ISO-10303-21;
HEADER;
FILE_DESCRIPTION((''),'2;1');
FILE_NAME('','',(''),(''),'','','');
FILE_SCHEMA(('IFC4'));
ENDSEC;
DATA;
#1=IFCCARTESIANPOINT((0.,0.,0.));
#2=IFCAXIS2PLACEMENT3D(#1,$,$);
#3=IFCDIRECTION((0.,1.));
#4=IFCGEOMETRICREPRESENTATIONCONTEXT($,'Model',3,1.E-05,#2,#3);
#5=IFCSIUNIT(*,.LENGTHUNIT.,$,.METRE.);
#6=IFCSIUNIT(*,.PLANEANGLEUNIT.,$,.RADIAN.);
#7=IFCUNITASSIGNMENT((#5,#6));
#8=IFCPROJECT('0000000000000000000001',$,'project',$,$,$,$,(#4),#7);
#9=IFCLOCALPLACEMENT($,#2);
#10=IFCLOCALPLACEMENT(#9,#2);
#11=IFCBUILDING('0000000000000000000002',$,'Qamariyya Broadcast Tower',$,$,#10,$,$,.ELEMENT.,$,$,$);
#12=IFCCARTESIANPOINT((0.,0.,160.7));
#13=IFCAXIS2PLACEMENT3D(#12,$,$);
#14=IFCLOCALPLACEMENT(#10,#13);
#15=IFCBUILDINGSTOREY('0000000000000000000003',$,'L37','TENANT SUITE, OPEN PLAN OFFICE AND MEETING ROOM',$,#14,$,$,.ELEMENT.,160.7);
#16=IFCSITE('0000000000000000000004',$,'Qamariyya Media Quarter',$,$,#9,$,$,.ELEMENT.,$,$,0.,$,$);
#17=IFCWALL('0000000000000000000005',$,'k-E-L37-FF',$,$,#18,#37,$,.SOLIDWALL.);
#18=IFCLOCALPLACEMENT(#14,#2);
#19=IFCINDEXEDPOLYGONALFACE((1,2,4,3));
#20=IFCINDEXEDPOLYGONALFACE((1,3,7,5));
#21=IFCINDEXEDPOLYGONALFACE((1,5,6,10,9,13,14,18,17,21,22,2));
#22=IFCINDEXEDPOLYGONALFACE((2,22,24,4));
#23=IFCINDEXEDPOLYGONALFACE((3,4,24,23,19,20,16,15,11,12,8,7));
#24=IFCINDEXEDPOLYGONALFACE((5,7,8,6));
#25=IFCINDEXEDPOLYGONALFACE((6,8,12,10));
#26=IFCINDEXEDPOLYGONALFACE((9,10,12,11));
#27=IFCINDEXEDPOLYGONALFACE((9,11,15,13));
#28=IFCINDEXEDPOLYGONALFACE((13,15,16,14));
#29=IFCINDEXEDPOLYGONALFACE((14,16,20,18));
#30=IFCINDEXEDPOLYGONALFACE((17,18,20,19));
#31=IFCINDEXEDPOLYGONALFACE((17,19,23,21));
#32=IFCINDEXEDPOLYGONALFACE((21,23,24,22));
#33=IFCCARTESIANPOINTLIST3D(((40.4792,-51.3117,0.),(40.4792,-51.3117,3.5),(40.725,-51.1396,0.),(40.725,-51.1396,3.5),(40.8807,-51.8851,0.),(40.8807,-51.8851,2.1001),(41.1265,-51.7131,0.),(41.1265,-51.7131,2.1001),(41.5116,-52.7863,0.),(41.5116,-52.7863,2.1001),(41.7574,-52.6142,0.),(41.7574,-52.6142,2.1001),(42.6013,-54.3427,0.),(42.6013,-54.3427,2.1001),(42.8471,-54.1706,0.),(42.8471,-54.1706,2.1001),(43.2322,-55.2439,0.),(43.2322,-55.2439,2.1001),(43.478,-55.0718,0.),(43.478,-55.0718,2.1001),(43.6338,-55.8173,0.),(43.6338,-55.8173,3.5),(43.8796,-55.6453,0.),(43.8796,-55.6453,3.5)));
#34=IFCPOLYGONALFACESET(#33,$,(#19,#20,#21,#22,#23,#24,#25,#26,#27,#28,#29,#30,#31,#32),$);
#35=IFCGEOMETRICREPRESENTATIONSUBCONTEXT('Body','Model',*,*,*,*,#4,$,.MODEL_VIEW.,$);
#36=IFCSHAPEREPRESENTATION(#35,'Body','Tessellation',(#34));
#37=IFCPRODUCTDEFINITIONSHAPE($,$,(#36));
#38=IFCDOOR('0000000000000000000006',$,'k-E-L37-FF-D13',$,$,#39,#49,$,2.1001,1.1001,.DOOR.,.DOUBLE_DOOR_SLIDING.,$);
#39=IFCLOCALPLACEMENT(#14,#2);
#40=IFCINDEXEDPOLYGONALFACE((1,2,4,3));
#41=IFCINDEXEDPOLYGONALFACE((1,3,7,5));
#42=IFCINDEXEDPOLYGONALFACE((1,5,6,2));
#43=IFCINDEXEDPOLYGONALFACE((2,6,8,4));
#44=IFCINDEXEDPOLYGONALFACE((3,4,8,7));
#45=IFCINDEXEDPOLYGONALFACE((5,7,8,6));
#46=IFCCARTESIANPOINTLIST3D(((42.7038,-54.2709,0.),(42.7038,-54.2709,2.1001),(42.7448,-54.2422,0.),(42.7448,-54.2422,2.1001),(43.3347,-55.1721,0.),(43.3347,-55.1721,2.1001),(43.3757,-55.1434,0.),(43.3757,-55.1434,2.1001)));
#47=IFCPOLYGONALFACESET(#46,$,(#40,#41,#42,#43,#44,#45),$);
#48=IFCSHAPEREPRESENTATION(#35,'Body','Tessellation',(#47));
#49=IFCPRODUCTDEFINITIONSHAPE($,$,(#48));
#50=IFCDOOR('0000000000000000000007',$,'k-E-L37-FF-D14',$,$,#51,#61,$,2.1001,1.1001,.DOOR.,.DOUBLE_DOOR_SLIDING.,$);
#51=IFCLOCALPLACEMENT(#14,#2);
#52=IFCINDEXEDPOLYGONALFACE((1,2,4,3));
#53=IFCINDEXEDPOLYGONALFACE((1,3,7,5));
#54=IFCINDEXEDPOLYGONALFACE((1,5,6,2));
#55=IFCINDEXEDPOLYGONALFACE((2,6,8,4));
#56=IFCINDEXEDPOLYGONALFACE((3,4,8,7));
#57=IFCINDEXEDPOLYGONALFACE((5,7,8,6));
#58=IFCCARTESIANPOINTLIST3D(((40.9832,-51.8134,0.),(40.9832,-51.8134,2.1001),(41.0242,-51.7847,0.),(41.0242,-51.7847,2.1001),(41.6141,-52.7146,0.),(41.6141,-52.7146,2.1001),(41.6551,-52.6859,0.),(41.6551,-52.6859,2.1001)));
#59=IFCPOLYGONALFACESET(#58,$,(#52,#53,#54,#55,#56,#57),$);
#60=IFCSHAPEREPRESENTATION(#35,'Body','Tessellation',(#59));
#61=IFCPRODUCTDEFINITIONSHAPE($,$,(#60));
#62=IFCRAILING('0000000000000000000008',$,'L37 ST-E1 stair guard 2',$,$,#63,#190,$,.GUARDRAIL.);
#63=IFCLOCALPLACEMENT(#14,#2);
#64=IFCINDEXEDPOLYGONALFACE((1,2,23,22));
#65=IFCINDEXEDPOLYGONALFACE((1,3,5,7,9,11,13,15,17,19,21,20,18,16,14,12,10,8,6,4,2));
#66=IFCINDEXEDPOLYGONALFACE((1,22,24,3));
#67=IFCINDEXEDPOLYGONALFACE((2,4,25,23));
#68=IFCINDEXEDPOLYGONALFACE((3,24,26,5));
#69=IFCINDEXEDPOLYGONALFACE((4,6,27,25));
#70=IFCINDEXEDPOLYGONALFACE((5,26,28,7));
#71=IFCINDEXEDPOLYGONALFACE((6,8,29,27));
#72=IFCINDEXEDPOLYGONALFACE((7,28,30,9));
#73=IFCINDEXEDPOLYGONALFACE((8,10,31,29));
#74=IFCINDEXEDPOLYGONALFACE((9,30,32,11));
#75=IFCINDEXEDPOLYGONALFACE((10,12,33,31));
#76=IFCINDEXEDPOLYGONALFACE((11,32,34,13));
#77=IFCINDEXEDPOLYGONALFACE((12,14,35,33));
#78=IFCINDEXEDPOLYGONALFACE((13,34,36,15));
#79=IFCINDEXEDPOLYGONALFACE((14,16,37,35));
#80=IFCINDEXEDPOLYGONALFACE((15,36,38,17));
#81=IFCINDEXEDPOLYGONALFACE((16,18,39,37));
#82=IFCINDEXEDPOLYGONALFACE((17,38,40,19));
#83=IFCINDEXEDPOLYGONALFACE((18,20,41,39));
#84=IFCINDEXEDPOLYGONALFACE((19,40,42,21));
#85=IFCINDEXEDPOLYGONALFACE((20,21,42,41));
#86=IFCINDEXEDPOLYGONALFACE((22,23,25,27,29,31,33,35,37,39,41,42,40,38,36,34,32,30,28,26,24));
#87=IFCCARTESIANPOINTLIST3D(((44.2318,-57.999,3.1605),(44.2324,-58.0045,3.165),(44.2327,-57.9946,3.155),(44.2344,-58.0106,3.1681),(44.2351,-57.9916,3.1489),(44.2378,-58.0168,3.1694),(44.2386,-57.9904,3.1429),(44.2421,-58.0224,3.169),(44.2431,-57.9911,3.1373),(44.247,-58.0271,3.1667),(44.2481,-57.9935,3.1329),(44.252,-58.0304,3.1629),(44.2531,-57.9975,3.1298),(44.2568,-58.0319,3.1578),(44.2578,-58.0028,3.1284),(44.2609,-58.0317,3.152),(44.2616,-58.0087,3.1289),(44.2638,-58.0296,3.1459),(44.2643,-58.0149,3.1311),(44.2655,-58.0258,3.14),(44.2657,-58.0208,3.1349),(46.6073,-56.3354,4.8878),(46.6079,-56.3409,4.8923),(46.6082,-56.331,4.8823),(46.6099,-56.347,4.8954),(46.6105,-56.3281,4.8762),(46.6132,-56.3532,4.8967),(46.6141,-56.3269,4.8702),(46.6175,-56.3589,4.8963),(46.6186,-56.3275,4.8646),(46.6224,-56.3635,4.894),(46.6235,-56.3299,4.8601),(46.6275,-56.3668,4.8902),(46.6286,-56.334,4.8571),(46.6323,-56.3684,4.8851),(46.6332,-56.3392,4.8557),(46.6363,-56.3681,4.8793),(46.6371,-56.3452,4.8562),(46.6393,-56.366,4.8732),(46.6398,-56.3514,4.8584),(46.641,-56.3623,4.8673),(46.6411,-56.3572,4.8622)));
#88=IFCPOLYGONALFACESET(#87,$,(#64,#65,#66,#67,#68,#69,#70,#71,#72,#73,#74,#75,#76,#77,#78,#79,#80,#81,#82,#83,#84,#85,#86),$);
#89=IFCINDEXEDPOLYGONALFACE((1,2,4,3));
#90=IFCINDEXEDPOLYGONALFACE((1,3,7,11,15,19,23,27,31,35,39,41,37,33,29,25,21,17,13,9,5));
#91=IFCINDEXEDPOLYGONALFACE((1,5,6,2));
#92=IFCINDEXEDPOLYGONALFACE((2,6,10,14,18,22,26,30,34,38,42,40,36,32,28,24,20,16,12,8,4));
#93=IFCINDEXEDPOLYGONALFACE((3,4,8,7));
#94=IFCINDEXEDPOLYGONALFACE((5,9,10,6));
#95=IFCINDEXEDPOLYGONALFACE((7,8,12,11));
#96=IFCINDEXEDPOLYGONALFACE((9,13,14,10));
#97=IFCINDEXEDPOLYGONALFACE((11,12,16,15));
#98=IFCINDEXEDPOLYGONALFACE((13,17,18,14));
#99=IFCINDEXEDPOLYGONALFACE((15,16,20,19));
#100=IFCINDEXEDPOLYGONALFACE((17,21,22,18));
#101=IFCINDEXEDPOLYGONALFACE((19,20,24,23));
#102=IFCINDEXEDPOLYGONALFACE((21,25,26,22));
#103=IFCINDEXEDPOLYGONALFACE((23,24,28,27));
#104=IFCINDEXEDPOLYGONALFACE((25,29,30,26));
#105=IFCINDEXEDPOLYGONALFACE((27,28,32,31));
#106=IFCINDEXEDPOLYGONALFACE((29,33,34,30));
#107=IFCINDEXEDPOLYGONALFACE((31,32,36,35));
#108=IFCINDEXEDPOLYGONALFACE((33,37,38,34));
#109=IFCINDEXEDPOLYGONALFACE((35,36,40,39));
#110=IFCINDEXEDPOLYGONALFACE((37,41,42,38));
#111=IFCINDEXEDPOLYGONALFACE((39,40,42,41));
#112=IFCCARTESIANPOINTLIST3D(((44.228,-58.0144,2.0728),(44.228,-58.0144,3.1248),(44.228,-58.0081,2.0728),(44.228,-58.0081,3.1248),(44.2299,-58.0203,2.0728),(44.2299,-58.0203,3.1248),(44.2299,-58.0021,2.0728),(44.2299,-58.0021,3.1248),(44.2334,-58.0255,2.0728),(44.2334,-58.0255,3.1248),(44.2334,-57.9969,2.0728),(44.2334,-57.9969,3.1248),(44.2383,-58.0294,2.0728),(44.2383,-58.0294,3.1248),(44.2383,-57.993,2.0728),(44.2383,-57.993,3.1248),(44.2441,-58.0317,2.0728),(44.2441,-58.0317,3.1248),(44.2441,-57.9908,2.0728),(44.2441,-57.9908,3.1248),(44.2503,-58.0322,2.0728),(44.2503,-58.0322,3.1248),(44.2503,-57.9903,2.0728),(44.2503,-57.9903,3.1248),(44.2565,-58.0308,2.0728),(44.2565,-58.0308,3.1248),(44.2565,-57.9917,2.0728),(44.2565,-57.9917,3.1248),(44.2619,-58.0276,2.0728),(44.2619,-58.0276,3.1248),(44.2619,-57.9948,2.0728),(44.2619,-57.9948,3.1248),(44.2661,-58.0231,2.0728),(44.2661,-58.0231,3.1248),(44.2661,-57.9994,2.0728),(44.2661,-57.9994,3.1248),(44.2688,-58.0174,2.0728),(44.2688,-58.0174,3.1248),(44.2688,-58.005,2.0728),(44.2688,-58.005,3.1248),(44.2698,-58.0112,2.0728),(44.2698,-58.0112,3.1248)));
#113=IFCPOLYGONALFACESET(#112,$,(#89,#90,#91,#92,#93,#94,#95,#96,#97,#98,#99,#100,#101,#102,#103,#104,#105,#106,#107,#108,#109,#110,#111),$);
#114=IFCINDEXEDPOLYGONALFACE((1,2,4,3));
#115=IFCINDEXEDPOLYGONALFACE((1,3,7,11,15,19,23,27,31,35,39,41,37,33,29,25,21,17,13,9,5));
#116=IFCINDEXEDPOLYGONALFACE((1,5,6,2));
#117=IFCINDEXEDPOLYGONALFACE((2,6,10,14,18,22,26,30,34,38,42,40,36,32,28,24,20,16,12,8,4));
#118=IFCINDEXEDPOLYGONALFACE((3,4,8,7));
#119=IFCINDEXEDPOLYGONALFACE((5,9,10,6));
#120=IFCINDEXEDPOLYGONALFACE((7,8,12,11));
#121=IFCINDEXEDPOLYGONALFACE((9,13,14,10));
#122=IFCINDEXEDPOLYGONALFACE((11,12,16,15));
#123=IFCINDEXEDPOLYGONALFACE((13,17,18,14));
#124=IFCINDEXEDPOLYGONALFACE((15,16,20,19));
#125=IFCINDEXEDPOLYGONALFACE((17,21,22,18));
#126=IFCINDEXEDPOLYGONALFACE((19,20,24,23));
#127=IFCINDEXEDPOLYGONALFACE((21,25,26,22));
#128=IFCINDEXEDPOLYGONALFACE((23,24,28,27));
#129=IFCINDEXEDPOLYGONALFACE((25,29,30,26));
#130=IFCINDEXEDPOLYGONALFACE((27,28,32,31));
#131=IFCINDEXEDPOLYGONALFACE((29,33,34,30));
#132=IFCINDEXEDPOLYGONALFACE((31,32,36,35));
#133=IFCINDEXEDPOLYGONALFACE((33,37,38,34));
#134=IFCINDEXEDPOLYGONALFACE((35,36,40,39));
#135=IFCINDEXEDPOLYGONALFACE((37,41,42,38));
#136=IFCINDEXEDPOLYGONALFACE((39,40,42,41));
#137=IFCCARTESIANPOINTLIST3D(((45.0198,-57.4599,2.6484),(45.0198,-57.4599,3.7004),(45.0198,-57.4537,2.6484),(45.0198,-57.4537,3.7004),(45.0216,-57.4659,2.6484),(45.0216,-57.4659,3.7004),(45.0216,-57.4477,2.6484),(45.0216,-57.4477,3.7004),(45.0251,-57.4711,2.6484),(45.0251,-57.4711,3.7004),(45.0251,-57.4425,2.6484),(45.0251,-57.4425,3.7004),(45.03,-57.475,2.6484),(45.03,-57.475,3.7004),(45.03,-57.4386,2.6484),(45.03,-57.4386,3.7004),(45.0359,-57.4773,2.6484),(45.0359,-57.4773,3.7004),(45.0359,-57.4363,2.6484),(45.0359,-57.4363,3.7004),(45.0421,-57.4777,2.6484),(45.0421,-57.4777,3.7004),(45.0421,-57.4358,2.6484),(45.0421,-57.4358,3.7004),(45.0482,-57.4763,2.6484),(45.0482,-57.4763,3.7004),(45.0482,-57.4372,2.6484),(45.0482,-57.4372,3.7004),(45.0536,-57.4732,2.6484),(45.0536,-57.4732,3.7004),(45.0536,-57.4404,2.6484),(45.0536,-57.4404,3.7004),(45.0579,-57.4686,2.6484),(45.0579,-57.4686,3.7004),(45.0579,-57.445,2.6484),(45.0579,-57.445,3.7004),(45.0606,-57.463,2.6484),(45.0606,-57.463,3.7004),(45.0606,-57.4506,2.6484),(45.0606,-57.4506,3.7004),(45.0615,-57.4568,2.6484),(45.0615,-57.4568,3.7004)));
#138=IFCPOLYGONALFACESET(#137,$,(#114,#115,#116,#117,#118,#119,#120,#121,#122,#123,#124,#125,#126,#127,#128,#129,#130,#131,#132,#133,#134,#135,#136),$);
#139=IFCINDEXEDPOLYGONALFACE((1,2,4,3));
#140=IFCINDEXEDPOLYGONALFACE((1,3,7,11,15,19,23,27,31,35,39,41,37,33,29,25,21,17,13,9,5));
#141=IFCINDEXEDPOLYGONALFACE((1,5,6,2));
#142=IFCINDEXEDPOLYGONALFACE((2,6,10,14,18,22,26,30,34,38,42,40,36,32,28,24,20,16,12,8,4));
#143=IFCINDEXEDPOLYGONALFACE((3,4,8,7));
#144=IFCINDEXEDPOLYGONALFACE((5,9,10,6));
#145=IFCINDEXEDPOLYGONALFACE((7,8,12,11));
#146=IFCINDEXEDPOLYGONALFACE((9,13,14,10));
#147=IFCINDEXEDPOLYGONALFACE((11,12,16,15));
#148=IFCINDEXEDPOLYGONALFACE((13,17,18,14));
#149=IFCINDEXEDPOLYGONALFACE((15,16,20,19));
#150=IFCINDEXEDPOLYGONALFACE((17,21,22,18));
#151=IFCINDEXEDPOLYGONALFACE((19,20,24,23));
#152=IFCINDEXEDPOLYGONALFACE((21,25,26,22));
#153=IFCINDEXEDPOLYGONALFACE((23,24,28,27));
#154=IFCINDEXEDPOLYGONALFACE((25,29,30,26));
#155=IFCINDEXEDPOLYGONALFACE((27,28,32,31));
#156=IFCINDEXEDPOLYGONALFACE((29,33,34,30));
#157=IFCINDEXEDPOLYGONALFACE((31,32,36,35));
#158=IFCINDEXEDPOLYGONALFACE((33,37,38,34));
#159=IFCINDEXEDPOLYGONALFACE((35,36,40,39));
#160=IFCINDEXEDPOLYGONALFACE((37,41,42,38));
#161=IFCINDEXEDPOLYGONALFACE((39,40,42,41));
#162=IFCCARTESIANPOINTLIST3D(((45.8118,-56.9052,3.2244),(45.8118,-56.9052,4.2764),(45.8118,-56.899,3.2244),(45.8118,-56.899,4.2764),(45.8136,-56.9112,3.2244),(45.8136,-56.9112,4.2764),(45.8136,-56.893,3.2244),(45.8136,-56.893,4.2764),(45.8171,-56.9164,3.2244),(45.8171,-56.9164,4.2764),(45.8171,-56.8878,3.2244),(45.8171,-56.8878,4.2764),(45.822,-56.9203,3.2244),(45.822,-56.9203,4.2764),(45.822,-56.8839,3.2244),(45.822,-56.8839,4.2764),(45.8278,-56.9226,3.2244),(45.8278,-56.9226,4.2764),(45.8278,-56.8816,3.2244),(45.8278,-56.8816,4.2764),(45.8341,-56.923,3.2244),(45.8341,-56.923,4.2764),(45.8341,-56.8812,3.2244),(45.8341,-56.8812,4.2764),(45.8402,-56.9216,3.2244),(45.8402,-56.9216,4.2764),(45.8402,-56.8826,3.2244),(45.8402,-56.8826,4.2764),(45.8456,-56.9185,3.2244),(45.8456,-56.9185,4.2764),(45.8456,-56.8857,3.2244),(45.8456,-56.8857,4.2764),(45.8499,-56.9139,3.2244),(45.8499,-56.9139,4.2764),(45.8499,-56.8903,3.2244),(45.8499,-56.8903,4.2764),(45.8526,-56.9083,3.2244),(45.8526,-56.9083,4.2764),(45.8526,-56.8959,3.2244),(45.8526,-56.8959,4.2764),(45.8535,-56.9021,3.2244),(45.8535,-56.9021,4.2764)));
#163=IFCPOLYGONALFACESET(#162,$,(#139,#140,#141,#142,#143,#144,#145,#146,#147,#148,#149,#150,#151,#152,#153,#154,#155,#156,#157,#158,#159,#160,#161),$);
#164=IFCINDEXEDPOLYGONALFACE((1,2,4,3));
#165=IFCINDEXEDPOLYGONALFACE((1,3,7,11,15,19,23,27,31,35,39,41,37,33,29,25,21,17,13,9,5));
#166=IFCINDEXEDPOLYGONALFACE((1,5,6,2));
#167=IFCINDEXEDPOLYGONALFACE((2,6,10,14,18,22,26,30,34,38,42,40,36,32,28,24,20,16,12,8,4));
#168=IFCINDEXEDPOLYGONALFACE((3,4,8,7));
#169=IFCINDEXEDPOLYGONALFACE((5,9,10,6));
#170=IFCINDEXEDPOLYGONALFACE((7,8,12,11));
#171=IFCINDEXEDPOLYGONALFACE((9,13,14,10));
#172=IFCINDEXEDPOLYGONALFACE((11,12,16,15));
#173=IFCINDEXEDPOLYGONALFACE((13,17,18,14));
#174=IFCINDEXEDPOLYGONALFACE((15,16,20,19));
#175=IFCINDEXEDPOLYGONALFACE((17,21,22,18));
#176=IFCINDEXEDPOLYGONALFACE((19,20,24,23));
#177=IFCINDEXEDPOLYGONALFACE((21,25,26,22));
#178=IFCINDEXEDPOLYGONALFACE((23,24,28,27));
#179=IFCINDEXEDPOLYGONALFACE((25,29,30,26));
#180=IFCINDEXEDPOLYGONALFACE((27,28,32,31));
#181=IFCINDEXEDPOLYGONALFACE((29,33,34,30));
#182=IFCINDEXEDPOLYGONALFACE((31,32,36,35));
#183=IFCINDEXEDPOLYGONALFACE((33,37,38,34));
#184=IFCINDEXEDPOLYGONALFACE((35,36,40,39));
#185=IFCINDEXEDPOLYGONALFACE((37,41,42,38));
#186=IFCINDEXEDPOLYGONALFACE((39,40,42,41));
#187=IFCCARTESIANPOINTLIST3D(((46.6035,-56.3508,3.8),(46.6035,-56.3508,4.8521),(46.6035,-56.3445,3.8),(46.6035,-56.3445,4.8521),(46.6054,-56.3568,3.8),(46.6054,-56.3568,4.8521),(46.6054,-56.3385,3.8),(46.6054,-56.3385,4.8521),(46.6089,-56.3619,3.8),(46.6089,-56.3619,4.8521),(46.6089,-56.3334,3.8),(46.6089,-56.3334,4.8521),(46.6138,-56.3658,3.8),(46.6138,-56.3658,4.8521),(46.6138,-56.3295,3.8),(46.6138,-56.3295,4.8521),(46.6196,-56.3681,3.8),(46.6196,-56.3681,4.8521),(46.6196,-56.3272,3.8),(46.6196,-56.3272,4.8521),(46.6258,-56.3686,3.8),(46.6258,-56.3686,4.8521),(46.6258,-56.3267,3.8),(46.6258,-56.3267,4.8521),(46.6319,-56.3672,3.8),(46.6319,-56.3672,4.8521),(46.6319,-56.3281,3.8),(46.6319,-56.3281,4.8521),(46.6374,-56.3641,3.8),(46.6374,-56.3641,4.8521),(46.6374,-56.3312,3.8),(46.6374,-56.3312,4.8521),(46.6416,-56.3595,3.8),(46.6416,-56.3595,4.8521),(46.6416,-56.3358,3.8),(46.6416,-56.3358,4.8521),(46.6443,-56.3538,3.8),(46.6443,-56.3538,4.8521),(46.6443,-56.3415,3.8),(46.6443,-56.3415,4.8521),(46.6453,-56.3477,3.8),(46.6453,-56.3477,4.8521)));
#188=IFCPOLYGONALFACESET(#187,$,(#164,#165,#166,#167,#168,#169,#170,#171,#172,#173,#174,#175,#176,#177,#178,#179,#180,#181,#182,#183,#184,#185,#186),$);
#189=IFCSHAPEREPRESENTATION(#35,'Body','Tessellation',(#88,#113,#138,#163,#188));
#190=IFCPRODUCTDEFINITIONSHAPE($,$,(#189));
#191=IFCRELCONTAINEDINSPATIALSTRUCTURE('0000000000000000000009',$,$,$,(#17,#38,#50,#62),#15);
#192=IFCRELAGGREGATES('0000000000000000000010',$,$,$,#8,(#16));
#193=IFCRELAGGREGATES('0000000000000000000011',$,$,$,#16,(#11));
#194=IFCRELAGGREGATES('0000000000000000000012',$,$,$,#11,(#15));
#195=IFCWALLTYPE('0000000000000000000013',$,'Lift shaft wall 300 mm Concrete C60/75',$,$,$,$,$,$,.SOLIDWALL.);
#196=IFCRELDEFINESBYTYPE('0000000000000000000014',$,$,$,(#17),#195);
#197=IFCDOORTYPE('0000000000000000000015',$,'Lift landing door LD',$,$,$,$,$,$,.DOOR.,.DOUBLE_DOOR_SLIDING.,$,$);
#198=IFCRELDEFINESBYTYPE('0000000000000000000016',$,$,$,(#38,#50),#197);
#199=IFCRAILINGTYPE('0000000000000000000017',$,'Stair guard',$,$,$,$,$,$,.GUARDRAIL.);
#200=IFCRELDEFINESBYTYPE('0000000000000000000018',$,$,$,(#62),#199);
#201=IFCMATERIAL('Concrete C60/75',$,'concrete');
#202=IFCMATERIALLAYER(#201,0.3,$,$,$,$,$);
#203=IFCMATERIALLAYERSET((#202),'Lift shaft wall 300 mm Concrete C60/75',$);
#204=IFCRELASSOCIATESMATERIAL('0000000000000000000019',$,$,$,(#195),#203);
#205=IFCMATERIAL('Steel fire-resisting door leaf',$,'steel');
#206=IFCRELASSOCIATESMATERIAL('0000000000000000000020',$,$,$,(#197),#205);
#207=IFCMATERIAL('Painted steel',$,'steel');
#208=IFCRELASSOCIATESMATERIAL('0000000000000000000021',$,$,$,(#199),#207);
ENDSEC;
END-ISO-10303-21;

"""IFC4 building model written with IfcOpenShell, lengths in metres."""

from ifc_helpers import new_model, si_unit, direction, frame, frame_2d, origin, origin_2d, place, context, subcontext, project, spatial, rectangle, circle, extrude, material, layer, layer_set, type_object, element, fill, save


model = new_model("IFC4")

# Units and contexts
model_context = context("Model", 3, precision=1e-05, world=origin(), true_north=direction((0.0, 1.0)))
body_context = subcontext(model_context, "Body", "Model", "MODEL_VIEW")
ifc_project = project(units=[si_unit("LENGTHUNIT", "METRE"), si_unit("PLANEANGLEUNIT", "RADIAN")], contexts=[model_context])

# Site, building, storey
site_placement = place(None, origin())
site = spatial("IfcSite", under=ifc_project, at=site_placement, Name="Qamariyya Media Quarter", CompositionType="ELEMENT", RefElevation=0.0)
building_placement = place(site_placement, origin())
building = spatial("IfcBuilding", under=site, at=building_placement, Name="Qamariyya Broadcast Tower", CompositionType="ELEMENT")
storey_placement = place(building_placement, frame((0.0, 0.0, 160.7)))
storey = spatial("IfcBuildingStorey", under=building, at=storey_placement, Name="L37", Description="TENANT SUITE, OPEN PLAN OFFICE AND MEETING ROOM", CompositionType="ELEMENT", Elevation=160.7)

# Shared definitions
ifc_material_1 = material(Name="Concrete C60/75", Category="concrete")

# Shared definitions
ifc_material_2 = material(Name="Steel fire-resisting door leaf", Category="steel")

# Shared definitions
ifc_layer_1 = layer(ifc_material_1, 0.3)
ifc_layer_set_1 = layer_set([ifc_layer_1], Name="Lift shaft wall 300 mm Concrete C60/75")
wall_type_1 = type_object("IfcWallType", Name="Lift shaft wall 300 mm Concrete C60/75", PredefinedType="SOLIDWALL", material=ifc_layer_set_1)

# Wall, openings, doors
wall_1_placement = place(storey_placement, frame((43.7566, -55.7312, 0.0), z_axis=(0.0, 0.0, 1.0), x_axis=(-0.573537, 0.81918, 0.0)))
wall_1 = element("IfcWall", 1, at=wall_1_placement, inside=storey, type_object=wall_type_1, Name="k-E-L37-FF", PredefinedType="SOLIDWALL", context=body_context, shape_type="SweptSolid", body=[
    extrude(rectangle(XDim=5.5002, YDim=0.3, at=frame_2d((2.75, 0.0))), origin(), (0.0, 0.0, 1.0), 3.5),
])
opening_1_placement = place(wall_1_placement, frame((0.7, 0.0, 0.0)))
opening_1 = element("IfcOpeningElement", 2, at=opening_1_placement, cuts=wall_1, PredefinedType="OPENING", context=body_context, shape_type="SweptSolid", body=[
    extrude(rectangle(XDim=1.1001, YDim=2.1001, at=frame_2d((0.55, 1.05))), frame((0.0, 0.1599, 0.0), z_axis=(0.0, -1.0, 0.0), x_axis=(1.0, 0.0, 0.0)), (0.0, 0.0, 1.0), 0.3201),
])
opening_2_placement = place(wall_1_placement, frame((3.7, 0.0, 0.0)))
opening_2 = element("IfcOpeningElement", 3, at=opening_2_placement, cuts=wall_1, PredefinedType="OPENING", context=body_context, shape_type="SweptSolid", body=[
    extrude(rectangle(XDim=1.1001, YDim=2.1001, at=frame_2d((0.55, 1.05))), frame((0.0, 0.1599, 0.0), z_axis=(0.0, -1.0, 0.0), x_axis=(1.0, 0.0, 0.0)), (0.0, 0.0, 1.0), 0.3201),
])
door_type_1 = type_object("IfcDoorType", Name="Lift landing door LD", OperationType="DOUBLE_DOOR_SLIDING", PredefinedType="DOOR", material=ifc_material_2)
door_1_placement = place(opening_1_placement, origin())
door_1 = element("IfcDoor", 4, at=door_1_placement, inside=storey, type_object=door_type_1, Name="k-E-L37-FF-D13", OperationType="DOUBLE_DOOR_SLIDING", OverallHeight=2.1001, OverallWidth=1.1001, PredefinedType="DOOR", context=body_context, shape_type="SweptSolid", body=[
    extrude(rectangle(XDim=1.1001, YDim=2.1001, at=frame_2d((0.55, 1.05))), frame((0.0, 0.0249, 0.0), z_axis=(0.0, -1.0, 0.0), x_axis=(1.0, 0.0, 0.0)), (0.0, 0.0, 1.0), 0.05),
])
fill(opening_1, door_1)
door_2_placement = place(opening_2_placement, origin())
door_2 = element("IfcDoor", 5, at=door_2_placement, inside=storey, type_object=door_type_1, Name="k-E-L37-FF-D14", OperationType="DOUBLE_DOOR_SLIDING", OverallHeight=2.1001, OverallWidth=1.1001, PredefinedType="DOOR", context=body_context, shape_type="SweptSolid", body=[
    extrude(rectangle(XDim=1.1001, YDim=2.1001, at=frame_2d((0.55, 1.05))), frame((0.0, 0.0249, 0.0), z_axis=(0.0, -1.0, 0.0), x_axis=(1.0, 0.0, 0.0)), (0.0, 0.0, 1.0), 0.05),
])
fill(opening_2, door_2)

# Railing
ifc_material_3 = material(Name="Painted steel", Category="steel")
railing_type_1 = type_object("IfcRailingType", Name="Stair guard", PredefinedType="GUARDRAIL", material=ifc_material_3)
railing_1_placement = place(storey_placement, frame((44.2488, -58.0112, 2.0728)))
element("IfcRailing", 6, at=railing_1_placement, inside=storey, type_object=railing_type_1, Name="L37 ST-E1 stair guard 2", PredefinedType="GUARDRAIL", context=body_context, shape_type="SweptSolid", body=[
    extrude(circle(Radius=0.0239, at=origin_2d()), frame((0.0, 0.0, 1.0762), z_axis=(0.703745, 0.492838, 0.511716), x_axis=(-0.573632, 0.819113, 0.0)), (0.0, 0.0, 1.0), 3.3755),
    extrude(circle(Radius=0.021, at=origin_2d()), origin(), (0.0, 0.0, 1.0), 1.052),
    extrude(circle(Radius=0.021, at=origin_2d()), frame((0.7917, 0.5544, 0.5757)), (0.0, 0.0, 1.0), 1.052),
    extrude(circle(Radius=0.021, at=origin_2d()), frame((1.5837, 1.1091, 1.1516)), (0.0, 0.0, 1.0), 1.052),
    extrude(circle(Radius=0.021, at=origin_2d()), frame((2.3755, 1.6636, 1.7273)), (0.0, 0.0, 1.0), 1.052),
])

save(model, "model.ifc")
